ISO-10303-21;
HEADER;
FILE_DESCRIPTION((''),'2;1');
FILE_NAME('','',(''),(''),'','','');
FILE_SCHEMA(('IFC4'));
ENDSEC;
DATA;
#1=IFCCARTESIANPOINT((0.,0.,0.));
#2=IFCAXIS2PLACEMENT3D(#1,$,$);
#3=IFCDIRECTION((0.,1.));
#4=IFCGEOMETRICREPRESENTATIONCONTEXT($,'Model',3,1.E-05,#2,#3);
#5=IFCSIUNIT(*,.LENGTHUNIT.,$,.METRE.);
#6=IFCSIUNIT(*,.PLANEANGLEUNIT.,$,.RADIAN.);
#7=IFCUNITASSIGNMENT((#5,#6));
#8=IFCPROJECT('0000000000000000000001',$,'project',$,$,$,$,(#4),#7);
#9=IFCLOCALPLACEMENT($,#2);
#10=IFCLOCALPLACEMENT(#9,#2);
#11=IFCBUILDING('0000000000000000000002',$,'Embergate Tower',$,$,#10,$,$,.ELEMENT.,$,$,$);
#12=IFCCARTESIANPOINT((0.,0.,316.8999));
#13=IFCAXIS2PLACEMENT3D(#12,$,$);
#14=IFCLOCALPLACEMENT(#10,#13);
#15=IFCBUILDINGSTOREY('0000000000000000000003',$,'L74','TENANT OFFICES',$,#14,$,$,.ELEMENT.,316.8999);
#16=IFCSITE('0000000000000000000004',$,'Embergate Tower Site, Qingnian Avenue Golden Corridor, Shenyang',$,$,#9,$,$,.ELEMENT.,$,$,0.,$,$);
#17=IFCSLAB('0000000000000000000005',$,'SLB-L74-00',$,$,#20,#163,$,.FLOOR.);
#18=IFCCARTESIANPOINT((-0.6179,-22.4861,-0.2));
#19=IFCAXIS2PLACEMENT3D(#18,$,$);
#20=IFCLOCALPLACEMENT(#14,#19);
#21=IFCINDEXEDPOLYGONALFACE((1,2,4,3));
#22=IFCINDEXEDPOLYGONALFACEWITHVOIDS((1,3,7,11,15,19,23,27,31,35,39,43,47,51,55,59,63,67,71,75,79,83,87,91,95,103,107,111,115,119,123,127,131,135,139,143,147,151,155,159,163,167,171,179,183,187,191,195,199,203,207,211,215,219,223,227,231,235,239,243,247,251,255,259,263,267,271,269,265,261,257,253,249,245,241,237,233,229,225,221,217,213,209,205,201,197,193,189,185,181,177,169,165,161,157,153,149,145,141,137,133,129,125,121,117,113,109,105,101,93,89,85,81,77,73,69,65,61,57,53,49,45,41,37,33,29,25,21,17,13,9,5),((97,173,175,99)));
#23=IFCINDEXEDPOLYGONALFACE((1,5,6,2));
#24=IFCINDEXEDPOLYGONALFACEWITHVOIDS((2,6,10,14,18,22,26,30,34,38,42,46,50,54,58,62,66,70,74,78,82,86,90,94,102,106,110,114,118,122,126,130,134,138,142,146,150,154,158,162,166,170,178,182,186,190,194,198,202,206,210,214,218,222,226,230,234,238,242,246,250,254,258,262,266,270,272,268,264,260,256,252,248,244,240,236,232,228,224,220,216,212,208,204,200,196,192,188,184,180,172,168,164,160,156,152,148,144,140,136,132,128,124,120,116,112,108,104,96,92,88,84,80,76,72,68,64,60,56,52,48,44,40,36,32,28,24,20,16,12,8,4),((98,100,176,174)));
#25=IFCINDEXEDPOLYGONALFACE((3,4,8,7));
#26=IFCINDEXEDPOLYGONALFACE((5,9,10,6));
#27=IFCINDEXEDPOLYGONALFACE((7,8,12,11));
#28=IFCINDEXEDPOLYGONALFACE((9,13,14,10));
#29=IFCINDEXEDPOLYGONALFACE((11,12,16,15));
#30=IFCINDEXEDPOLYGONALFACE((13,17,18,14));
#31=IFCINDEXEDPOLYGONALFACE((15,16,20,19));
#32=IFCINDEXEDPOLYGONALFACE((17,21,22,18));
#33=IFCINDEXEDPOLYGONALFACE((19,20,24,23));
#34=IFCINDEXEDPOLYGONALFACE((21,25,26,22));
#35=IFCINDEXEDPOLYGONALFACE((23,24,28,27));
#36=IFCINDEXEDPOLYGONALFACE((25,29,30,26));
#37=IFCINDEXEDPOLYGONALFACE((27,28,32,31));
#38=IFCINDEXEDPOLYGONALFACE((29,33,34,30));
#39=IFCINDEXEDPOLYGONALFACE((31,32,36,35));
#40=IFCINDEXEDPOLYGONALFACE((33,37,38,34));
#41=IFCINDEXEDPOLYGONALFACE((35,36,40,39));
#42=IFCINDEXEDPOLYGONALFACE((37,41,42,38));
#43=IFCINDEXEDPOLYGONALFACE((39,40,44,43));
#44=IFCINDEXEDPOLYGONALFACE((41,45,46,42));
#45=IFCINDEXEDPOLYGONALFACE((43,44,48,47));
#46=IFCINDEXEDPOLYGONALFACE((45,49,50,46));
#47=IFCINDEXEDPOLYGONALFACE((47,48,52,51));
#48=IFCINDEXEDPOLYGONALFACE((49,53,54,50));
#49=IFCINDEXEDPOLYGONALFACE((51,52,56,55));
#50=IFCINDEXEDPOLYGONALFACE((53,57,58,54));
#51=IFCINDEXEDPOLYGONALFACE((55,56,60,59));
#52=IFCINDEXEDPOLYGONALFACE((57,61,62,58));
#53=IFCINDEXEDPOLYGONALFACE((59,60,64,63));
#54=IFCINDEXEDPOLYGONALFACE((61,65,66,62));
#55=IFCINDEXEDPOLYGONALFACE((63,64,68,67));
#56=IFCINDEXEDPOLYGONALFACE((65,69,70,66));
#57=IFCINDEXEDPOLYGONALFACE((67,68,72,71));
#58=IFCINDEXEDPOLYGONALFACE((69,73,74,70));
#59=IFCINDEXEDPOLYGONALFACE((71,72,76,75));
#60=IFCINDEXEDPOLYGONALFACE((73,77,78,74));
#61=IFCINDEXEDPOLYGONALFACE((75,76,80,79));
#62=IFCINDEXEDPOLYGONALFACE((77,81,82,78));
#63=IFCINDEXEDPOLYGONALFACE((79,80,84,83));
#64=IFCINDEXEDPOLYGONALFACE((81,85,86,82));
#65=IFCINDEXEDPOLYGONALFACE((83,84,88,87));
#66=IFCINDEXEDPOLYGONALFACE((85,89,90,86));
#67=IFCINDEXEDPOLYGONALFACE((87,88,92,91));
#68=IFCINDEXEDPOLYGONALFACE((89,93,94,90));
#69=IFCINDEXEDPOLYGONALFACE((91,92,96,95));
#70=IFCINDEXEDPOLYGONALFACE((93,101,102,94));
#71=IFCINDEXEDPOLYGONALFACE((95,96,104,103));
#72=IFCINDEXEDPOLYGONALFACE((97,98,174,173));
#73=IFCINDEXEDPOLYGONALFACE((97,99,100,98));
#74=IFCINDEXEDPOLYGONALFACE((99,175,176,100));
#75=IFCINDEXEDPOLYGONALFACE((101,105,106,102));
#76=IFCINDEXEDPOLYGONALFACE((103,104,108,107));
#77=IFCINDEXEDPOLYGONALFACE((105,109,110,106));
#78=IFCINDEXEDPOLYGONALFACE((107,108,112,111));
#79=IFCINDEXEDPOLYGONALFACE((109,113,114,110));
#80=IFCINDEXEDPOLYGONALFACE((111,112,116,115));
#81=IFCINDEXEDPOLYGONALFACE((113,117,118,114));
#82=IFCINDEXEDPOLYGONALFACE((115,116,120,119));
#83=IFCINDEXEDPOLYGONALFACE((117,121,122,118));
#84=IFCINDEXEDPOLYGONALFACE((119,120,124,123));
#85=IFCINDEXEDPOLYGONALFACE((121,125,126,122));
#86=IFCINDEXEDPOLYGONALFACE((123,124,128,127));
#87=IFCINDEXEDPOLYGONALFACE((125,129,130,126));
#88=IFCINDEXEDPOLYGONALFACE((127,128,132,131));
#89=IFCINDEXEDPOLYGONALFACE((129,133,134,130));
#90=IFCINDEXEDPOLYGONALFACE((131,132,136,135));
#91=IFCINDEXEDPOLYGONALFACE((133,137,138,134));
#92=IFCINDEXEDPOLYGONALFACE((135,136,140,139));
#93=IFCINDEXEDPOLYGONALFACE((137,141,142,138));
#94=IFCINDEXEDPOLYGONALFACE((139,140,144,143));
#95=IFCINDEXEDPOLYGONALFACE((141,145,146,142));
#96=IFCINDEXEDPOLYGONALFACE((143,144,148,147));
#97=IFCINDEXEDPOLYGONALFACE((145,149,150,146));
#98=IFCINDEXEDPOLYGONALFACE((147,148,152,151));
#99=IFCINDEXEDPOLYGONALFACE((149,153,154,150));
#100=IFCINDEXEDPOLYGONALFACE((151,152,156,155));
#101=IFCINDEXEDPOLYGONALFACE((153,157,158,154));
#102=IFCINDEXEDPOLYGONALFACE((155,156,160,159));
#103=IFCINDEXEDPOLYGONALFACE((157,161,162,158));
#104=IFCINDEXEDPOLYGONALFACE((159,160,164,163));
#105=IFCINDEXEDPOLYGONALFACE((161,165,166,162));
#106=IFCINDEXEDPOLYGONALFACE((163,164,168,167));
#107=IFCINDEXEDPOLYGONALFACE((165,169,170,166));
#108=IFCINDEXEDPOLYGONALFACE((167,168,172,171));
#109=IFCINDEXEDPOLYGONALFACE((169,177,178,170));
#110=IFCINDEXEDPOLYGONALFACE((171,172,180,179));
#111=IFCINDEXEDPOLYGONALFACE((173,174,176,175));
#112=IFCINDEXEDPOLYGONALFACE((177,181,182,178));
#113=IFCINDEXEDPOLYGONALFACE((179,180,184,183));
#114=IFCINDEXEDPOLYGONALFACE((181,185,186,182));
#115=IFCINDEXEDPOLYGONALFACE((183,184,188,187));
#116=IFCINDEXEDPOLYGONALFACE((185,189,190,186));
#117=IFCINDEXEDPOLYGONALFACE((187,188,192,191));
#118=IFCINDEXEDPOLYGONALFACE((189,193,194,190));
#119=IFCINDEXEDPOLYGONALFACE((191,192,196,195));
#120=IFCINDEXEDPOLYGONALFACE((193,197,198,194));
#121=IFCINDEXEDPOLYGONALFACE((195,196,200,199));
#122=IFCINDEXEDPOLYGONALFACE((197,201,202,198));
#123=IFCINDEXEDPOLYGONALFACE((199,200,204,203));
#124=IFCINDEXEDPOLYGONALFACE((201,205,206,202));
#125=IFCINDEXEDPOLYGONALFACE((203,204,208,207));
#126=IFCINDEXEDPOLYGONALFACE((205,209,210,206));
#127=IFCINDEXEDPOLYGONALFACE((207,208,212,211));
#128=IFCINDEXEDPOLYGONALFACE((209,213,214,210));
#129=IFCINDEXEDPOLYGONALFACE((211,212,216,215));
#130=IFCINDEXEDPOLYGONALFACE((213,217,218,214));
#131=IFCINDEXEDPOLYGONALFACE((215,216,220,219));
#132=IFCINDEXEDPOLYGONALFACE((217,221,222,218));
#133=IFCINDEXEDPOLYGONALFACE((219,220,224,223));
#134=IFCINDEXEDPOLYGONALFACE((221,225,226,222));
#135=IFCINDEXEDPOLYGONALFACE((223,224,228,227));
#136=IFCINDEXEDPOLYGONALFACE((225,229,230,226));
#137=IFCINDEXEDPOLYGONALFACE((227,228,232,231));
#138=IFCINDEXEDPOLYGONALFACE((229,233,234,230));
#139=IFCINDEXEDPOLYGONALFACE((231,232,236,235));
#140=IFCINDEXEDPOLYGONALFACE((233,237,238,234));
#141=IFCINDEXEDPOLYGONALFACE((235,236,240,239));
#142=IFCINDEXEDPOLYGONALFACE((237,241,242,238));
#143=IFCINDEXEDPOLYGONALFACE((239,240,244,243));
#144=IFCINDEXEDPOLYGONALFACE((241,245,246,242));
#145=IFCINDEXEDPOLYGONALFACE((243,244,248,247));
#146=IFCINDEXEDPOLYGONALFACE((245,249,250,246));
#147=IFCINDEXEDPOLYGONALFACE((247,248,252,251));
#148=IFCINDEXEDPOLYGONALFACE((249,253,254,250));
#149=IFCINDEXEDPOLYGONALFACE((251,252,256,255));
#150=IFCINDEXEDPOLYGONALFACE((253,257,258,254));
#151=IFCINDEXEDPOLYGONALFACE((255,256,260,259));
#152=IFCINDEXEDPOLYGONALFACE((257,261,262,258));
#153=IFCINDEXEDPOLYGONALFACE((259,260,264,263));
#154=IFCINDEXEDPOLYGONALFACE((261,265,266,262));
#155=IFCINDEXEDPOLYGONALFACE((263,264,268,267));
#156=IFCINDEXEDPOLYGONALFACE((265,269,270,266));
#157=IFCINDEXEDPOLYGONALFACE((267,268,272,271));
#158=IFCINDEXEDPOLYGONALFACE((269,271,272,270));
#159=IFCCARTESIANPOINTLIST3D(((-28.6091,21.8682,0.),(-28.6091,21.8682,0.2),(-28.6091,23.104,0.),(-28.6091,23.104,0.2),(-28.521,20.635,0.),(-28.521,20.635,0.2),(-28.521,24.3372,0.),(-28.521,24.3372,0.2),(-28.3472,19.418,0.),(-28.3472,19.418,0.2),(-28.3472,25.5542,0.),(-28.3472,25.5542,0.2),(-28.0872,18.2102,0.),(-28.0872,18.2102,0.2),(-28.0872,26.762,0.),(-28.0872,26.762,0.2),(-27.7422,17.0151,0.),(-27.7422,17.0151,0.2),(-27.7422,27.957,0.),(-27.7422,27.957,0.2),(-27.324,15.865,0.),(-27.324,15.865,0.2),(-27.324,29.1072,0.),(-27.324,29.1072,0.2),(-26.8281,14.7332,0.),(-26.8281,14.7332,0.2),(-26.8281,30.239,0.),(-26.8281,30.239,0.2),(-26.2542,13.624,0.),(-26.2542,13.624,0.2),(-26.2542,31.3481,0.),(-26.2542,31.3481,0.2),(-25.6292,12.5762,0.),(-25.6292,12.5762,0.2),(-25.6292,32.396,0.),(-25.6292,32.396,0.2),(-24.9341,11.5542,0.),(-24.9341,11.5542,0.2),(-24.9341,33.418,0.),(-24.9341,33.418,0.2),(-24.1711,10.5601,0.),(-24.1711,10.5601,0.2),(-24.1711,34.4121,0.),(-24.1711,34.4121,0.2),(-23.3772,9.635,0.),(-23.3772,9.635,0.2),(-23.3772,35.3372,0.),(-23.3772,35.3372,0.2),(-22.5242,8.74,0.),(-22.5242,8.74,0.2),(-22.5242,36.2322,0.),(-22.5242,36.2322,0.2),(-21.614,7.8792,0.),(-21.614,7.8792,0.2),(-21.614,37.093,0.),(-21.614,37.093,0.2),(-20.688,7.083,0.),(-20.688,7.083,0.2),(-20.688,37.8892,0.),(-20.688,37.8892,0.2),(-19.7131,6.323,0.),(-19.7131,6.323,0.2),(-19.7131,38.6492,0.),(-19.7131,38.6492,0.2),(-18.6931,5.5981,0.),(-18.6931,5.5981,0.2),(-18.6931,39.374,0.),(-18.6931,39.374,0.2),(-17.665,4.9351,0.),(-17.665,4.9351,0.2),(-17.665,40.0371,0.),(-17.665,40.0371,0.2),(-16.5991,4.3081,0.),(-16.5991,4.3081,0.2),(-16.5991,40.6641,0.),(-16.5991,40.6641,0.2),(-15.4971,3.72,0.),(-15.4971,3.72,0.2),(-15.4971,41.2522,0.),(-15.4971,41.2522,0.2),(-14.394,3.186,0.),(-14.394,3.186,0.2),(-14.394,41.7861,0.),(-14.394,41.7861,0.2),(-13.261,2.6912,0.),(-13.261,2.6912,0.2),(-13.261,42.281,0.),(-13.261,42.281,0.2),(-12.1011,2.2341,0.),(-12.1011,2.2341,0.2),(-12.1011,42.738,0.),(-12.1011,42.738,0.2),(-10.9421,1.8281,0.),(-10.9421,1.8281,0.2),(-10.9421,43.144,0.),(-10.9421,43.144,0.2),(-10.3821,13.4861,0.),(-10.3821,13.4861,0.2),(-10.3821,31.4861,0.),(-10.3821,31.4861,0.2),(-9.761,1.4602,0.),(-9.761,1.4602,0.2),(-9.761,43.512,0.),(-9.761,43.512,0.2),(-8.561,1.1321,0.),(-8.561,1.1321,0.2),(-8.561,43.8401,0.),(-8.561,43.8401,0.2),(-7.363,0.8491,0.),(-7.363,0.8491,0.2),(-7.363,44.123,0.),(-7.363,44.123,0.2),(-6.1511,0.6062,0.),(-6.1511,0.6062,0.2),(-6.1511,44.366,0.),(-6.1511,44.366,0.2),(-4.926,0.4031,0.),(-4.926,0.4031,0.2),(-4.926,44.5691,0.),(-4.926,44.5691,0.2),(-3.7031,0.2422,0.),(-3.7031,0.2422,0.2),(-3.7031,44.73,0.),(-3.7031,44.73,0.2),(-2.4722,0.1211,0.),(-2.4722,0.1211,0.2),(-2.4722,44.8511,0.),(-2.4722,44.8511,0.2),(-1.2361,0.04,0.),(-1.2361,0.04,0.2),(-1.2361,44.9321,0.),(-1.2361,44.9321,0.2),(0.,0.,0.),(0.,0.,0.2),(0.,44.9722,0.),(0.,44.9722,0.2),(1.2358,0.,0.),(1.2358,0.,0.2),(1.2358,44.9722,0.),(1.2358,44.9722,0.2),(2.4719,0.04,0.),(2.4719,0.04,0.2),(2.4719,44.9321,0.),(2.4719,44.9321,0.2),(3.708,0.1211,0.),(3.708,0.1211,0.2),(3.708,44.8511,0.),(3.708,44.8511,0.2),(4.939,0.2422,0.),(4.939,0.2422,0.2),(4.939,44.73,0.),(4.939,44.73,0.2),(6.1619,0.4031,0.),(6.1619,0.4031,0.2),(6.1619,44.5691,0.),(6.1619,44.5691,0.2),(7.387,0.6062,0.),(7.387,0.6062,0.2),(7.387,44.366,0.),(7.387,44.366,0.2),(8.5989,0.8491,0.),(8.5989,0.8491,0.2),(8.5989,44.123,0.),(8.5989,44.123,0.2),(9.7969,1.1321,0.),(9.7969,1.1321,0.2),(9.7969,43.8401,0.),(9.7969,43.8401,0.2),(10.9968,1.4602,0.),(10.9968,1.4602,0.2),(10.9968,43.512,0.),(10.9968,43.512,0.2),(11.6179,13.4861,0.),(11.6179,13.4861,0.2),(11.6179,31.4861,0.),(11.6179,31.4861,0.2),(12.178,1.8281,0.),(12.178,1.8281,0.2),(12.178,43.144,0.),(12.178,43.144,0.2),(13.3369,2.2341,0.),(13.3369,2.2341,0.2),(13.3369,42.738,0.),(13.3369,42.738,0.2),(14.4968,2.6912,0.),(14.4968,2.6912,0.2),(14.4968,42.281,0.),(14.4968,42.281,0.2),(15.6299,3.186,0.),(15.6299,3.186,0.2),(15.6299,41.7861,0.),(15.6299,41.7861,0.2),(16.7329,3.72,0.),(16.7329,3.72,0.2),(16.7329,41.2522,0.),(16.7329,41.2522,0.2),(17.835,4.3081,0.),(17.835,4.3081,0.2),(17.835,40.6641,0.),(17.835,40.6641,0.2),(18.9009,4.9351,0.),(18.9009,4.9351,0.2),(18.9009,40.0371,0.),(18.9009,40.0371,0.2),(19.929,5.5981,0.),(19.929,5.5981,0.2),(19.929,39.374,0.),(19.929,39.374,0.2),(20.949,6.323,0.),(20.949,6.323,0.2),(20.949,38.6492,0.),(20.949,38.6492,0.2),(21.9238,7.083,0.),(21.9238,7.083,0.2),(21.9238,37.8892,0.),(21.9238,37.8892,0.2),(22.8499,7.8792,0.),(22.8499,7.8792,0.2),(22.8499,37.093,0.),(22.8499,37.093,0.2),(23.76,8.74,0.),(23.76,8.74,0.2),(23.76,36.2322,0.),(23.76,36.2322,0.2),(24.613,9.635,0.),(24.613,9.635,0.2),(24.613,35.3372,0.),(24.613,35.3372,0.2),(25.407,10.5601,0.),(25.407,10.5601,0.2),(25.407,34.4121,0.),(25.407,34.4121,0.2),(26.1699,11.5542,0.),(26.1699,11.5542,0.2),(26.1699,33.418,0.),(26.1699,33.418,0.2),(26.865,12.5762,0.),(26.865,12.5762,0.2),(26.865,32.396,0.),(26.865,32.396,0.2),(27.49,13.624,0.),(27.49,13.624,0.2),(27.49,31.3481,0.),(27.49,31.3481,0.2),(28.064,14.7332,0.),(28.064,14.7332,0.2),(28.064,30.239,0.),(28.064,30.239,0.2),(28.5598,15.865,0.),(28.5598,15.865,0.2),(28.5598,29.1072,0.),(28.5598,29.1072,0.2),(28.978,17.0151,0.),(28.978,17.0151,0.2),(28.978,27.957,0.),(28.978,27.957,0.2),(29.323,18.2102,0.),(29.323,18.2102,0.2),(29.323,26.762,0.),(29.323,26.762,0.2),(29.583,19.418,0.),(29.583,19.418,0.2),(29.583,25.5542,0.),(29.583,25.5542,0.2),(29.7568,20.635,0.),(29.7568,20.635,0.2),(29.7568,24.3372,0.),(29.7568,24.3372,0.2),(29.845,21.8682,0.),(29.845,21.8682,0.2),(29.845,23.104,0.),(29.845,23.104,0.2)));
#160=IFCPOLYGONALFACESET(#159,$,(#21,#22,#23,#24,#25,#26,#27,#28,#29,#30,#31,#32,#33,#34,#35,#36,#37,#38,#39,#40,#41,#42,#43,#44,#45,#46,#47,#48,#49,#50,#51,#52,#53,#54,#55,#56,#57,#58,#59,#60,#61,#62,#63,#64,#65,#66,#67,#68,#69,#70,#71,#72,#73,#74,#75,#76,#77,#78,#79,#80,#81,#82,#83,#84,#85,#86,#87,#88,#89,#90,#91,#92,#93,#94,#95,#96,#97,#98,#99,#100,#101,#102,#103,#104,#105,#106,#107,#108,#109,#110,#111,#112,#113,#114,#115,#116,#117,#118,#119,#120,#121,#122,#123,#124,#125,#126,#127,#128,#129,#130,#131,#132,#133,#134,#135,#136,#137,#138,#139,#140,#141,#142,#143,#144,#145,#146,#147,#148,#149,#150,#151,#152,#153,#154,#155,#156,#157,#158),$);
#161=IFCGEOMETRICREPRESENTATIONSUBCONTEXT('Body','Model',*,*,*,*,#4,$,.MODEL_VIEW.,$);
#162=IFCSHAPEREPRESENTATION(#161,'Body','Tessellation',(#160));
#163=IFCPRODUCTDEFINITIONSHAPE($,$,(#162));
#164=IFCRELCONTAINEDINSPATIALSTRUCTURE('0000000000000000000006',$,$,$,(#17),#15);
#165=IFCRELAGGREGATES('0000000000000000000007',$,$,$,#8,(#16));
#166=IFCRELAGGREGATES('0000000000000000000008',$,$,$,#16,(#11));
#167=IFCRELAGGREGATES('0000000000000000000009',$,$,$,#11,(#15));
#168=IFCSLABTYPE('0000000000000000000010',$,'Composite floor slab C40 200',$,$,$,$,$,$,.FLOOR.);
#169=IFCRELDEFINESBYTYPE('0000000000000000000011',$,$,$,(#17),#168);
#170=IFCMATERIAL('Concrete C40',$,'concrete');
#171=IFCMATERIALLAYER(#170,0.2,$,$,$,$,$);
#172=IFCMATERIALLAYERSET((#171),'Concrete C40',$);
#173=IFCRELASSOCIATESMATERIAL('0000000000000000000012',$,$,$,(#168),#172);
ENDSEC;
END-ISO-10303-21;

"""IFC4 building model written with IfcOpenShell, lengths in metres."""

from ifc_helpers import new_model, si_unit, direction, frame, origin, place, context, subcontext, project, spatial, polyline, outline, extrude, source, transform, mapped, material, layer, layer_set, type_object, element, save


model = new_model("IFC4")

# Units and contexts
model_context = context("Model", 3, precision=1e-05, world=origin(), true_north=direction((0.0, 1.0)))
body_context = subcontext(model_context, "Body", "Model", "MODEL_VIEW")
ifc_project = project(units=[si_unit("LENGTHUNIT", "METRE"), si_unit("PLANEANGLEUNIT", "RADIAN")], contexts=[model_context])

# Site, building, storey
site_placement = place(None, origin())
site = spatial("IfcSite", under=ifc_project, at=site_placement, Name="Embergate Tower Site, Qingnian Avenue Golden Corridor, Shenyang", CompositionType="ELEMENT", RefElevation=0.0)
building_placement = place(site_placement, origin())
building = spatial("IfcBuilding", under=site, at=building_placement, Name="Embergate Tower", CompositionType="ELEMENT")
storey_placement = place(building_placement, frame((0.0, 0.0, 316.8999)))
storey = spatial("IfcBuildingStorey", under=building, at=storey_placement, Name="L74", Description="TENANT OFFICES", CompositionType="ELEMENT", Elevation=316.8999)

# Slab
ifc_material_1 = material(Name="Concrete C40", Category="concrete")
ifc_layer_1 = layer(ifc_material_1, 0.2)
ifc_layer_set_1 = layer_set([ifc_layer_1], Name="Concrete C40")
slab_type = type_object("IfcSlabType", Name="Composite floor slab C40 200", PredefinedType="FLOOR", material=ifc_layer_set_1)
shared_shape_1 = source(origin(), body_context, "Body", "SweptSolid", [
    extrude(outline(polyline([(0.0, 0.0), (1.2358, 0.0), (2.4719, 0.04), (3.708, 0.1211), (4.939, 0.2422), (6.1619, 0.4031), (7.387, 0.6062), (8.5989, 0.8491), (9.7969, 1.1321), (10.9968, 1.4602), (12.178, 1.8281), (13.3369, 2.2341), (14.4968, 2.6912), (15.6299, 3.186), (16.7329, 3.72), (17.835, 4.3081), (18.9009, 4.9351), (19.929, 5.5981), (20.949, 6.323), (21.9238, 7.083), (22.8499, 7.8792), (23.76, 8.74), (24.613, 9.635), (25.407, 10.5601), (26.1699, 11.5542), (26.865, 12.5762), (27.49, 13.624), (28.064, 14.7332), (28.5598, 15.865), (28.978, 17.0151), (29.323, 18.2102), (29.583, 19.418), (29.7568, 20.635), (29.845, 21.8682), (29.845, 23.104), (29.7568, 24.3372), (29.583, 25.5542), (29.323, 26.762), (28.978, 27.957), (28.5598, 29.1072), (28.064, 30.239), (27.49, 31.3481), (26.865, 32.396), (26.1699, 33.418), (25.407, 34.4121), (24.613, 35.3372), (23.76, 36.2322), (22.8499, 37.093), (21.9238, 37.8892), (20.949, 38.6492), (19.929, 39.374), (18.9009, 40.0371), (17.835, 40.6641), (16.7329, 41.2522), (15.6299, 41.7861), (14.4968, 42.281), (13.3369, 42.738), (12.178, 43.144), (10.9968, 43.512), (9.7969, 43.8401), (8.5989, 44.123), (7.387, 44.366), (6.1619, 44.5691), (4.939, 44.73), (3.708, 44.8511), (2.4719, 44.9321), (1.2358, 44.9722), (0.0, 44.9722), (-1.2361, 44.9321), (-2.4722, 44.8511), (-3.7031, 44.73), (-4.926, 44.5691), (-6.1511, 44.366), (-7.363, 44.123), (-8.561, 43.8401), (-9.761, 43.512), (-10.9421, 43.144), (-12.1011, 42.738), (-13.261, 42.281), (-14.394, 41.7861), (-15.4971, 41.2522), (-16.5991, 40.6641), (-17.665, 40.0371), (-18.6931, 39.374), (-19.7131, 38.6492), (-20.688, 37.8892), (-21.614, 37.093), (-22.5242, 36.2322), (-23.3772, 35.3372), (-24.1711, 34.4121), (-24.9341, 33.418), (-25.6292, 32.396), (-26.2542, 31.3481), (-26.8281, 30.239), (-27.324, 29.1072), (-27.7422, 27.957), (-28.0872, 26.762), (-28.3472, 25.5542), (-28.521, 24.3372), (-28.6091, 23.104), (-28.6091, 21.8682), (-28.521, 20.635), (-28.3472, 19.418), (-28.0872, 18.2102), (-27.7422, 17.0151), (-27.324, 15.865), (-26.8281, 14.7332), (-26.2542, 13.624), (-25.6292, 12.5762), (-24.9341, 11.5542), (-24.1711, 10.5601), (-23.3772, 9.635), (-22.5242, 8.74), (-21.614, 7.8792), (-20.688, 7.083), (-19.7131, 6.323), (-18.6931, 5.5981), (-17.665, 4.9351), (-16.5991, 4.3081), (-15.4971, 3.72), (-14.394, 3.186), (-13.261, 2.6912), (-12.1011, 2.2341), (-10.9421, 1.8281), (-9.761, 1.4602), (-8.561, 1.1321), (-7.363, 0.8491), (-6.1511, 0.6062), (-4.926, 0.4031), (-3.7031, 0.2422), (-2.4722, 0.1211), (-1.2361, 0.04), (0.0, 0.0)]), holes=[polyline([(-10.3821, 13.4861), (-10.3821, 31.4861), (11.6179, 31.4861), (11.6179, 13.4861), (-10.3821, 13.4861)])]), origin(), (0.0, 0.0, 1.0), 0.2),
])
slab_placement = place(storey_placement, frame((-0.6179, -22.4861, -0.2)))
element("IfcSlab", 1, at=slab_placement, inside=storey, type_object=slab_type, Name="SLB-L74-00", PredefinedType="FLOOR", context=body_context, shape_type="MappedRepresentation", body=[
    mapped(shared_shape_1, transform((0.0, 0.0, 0.0))),
])

save(model, "model.ifc")
